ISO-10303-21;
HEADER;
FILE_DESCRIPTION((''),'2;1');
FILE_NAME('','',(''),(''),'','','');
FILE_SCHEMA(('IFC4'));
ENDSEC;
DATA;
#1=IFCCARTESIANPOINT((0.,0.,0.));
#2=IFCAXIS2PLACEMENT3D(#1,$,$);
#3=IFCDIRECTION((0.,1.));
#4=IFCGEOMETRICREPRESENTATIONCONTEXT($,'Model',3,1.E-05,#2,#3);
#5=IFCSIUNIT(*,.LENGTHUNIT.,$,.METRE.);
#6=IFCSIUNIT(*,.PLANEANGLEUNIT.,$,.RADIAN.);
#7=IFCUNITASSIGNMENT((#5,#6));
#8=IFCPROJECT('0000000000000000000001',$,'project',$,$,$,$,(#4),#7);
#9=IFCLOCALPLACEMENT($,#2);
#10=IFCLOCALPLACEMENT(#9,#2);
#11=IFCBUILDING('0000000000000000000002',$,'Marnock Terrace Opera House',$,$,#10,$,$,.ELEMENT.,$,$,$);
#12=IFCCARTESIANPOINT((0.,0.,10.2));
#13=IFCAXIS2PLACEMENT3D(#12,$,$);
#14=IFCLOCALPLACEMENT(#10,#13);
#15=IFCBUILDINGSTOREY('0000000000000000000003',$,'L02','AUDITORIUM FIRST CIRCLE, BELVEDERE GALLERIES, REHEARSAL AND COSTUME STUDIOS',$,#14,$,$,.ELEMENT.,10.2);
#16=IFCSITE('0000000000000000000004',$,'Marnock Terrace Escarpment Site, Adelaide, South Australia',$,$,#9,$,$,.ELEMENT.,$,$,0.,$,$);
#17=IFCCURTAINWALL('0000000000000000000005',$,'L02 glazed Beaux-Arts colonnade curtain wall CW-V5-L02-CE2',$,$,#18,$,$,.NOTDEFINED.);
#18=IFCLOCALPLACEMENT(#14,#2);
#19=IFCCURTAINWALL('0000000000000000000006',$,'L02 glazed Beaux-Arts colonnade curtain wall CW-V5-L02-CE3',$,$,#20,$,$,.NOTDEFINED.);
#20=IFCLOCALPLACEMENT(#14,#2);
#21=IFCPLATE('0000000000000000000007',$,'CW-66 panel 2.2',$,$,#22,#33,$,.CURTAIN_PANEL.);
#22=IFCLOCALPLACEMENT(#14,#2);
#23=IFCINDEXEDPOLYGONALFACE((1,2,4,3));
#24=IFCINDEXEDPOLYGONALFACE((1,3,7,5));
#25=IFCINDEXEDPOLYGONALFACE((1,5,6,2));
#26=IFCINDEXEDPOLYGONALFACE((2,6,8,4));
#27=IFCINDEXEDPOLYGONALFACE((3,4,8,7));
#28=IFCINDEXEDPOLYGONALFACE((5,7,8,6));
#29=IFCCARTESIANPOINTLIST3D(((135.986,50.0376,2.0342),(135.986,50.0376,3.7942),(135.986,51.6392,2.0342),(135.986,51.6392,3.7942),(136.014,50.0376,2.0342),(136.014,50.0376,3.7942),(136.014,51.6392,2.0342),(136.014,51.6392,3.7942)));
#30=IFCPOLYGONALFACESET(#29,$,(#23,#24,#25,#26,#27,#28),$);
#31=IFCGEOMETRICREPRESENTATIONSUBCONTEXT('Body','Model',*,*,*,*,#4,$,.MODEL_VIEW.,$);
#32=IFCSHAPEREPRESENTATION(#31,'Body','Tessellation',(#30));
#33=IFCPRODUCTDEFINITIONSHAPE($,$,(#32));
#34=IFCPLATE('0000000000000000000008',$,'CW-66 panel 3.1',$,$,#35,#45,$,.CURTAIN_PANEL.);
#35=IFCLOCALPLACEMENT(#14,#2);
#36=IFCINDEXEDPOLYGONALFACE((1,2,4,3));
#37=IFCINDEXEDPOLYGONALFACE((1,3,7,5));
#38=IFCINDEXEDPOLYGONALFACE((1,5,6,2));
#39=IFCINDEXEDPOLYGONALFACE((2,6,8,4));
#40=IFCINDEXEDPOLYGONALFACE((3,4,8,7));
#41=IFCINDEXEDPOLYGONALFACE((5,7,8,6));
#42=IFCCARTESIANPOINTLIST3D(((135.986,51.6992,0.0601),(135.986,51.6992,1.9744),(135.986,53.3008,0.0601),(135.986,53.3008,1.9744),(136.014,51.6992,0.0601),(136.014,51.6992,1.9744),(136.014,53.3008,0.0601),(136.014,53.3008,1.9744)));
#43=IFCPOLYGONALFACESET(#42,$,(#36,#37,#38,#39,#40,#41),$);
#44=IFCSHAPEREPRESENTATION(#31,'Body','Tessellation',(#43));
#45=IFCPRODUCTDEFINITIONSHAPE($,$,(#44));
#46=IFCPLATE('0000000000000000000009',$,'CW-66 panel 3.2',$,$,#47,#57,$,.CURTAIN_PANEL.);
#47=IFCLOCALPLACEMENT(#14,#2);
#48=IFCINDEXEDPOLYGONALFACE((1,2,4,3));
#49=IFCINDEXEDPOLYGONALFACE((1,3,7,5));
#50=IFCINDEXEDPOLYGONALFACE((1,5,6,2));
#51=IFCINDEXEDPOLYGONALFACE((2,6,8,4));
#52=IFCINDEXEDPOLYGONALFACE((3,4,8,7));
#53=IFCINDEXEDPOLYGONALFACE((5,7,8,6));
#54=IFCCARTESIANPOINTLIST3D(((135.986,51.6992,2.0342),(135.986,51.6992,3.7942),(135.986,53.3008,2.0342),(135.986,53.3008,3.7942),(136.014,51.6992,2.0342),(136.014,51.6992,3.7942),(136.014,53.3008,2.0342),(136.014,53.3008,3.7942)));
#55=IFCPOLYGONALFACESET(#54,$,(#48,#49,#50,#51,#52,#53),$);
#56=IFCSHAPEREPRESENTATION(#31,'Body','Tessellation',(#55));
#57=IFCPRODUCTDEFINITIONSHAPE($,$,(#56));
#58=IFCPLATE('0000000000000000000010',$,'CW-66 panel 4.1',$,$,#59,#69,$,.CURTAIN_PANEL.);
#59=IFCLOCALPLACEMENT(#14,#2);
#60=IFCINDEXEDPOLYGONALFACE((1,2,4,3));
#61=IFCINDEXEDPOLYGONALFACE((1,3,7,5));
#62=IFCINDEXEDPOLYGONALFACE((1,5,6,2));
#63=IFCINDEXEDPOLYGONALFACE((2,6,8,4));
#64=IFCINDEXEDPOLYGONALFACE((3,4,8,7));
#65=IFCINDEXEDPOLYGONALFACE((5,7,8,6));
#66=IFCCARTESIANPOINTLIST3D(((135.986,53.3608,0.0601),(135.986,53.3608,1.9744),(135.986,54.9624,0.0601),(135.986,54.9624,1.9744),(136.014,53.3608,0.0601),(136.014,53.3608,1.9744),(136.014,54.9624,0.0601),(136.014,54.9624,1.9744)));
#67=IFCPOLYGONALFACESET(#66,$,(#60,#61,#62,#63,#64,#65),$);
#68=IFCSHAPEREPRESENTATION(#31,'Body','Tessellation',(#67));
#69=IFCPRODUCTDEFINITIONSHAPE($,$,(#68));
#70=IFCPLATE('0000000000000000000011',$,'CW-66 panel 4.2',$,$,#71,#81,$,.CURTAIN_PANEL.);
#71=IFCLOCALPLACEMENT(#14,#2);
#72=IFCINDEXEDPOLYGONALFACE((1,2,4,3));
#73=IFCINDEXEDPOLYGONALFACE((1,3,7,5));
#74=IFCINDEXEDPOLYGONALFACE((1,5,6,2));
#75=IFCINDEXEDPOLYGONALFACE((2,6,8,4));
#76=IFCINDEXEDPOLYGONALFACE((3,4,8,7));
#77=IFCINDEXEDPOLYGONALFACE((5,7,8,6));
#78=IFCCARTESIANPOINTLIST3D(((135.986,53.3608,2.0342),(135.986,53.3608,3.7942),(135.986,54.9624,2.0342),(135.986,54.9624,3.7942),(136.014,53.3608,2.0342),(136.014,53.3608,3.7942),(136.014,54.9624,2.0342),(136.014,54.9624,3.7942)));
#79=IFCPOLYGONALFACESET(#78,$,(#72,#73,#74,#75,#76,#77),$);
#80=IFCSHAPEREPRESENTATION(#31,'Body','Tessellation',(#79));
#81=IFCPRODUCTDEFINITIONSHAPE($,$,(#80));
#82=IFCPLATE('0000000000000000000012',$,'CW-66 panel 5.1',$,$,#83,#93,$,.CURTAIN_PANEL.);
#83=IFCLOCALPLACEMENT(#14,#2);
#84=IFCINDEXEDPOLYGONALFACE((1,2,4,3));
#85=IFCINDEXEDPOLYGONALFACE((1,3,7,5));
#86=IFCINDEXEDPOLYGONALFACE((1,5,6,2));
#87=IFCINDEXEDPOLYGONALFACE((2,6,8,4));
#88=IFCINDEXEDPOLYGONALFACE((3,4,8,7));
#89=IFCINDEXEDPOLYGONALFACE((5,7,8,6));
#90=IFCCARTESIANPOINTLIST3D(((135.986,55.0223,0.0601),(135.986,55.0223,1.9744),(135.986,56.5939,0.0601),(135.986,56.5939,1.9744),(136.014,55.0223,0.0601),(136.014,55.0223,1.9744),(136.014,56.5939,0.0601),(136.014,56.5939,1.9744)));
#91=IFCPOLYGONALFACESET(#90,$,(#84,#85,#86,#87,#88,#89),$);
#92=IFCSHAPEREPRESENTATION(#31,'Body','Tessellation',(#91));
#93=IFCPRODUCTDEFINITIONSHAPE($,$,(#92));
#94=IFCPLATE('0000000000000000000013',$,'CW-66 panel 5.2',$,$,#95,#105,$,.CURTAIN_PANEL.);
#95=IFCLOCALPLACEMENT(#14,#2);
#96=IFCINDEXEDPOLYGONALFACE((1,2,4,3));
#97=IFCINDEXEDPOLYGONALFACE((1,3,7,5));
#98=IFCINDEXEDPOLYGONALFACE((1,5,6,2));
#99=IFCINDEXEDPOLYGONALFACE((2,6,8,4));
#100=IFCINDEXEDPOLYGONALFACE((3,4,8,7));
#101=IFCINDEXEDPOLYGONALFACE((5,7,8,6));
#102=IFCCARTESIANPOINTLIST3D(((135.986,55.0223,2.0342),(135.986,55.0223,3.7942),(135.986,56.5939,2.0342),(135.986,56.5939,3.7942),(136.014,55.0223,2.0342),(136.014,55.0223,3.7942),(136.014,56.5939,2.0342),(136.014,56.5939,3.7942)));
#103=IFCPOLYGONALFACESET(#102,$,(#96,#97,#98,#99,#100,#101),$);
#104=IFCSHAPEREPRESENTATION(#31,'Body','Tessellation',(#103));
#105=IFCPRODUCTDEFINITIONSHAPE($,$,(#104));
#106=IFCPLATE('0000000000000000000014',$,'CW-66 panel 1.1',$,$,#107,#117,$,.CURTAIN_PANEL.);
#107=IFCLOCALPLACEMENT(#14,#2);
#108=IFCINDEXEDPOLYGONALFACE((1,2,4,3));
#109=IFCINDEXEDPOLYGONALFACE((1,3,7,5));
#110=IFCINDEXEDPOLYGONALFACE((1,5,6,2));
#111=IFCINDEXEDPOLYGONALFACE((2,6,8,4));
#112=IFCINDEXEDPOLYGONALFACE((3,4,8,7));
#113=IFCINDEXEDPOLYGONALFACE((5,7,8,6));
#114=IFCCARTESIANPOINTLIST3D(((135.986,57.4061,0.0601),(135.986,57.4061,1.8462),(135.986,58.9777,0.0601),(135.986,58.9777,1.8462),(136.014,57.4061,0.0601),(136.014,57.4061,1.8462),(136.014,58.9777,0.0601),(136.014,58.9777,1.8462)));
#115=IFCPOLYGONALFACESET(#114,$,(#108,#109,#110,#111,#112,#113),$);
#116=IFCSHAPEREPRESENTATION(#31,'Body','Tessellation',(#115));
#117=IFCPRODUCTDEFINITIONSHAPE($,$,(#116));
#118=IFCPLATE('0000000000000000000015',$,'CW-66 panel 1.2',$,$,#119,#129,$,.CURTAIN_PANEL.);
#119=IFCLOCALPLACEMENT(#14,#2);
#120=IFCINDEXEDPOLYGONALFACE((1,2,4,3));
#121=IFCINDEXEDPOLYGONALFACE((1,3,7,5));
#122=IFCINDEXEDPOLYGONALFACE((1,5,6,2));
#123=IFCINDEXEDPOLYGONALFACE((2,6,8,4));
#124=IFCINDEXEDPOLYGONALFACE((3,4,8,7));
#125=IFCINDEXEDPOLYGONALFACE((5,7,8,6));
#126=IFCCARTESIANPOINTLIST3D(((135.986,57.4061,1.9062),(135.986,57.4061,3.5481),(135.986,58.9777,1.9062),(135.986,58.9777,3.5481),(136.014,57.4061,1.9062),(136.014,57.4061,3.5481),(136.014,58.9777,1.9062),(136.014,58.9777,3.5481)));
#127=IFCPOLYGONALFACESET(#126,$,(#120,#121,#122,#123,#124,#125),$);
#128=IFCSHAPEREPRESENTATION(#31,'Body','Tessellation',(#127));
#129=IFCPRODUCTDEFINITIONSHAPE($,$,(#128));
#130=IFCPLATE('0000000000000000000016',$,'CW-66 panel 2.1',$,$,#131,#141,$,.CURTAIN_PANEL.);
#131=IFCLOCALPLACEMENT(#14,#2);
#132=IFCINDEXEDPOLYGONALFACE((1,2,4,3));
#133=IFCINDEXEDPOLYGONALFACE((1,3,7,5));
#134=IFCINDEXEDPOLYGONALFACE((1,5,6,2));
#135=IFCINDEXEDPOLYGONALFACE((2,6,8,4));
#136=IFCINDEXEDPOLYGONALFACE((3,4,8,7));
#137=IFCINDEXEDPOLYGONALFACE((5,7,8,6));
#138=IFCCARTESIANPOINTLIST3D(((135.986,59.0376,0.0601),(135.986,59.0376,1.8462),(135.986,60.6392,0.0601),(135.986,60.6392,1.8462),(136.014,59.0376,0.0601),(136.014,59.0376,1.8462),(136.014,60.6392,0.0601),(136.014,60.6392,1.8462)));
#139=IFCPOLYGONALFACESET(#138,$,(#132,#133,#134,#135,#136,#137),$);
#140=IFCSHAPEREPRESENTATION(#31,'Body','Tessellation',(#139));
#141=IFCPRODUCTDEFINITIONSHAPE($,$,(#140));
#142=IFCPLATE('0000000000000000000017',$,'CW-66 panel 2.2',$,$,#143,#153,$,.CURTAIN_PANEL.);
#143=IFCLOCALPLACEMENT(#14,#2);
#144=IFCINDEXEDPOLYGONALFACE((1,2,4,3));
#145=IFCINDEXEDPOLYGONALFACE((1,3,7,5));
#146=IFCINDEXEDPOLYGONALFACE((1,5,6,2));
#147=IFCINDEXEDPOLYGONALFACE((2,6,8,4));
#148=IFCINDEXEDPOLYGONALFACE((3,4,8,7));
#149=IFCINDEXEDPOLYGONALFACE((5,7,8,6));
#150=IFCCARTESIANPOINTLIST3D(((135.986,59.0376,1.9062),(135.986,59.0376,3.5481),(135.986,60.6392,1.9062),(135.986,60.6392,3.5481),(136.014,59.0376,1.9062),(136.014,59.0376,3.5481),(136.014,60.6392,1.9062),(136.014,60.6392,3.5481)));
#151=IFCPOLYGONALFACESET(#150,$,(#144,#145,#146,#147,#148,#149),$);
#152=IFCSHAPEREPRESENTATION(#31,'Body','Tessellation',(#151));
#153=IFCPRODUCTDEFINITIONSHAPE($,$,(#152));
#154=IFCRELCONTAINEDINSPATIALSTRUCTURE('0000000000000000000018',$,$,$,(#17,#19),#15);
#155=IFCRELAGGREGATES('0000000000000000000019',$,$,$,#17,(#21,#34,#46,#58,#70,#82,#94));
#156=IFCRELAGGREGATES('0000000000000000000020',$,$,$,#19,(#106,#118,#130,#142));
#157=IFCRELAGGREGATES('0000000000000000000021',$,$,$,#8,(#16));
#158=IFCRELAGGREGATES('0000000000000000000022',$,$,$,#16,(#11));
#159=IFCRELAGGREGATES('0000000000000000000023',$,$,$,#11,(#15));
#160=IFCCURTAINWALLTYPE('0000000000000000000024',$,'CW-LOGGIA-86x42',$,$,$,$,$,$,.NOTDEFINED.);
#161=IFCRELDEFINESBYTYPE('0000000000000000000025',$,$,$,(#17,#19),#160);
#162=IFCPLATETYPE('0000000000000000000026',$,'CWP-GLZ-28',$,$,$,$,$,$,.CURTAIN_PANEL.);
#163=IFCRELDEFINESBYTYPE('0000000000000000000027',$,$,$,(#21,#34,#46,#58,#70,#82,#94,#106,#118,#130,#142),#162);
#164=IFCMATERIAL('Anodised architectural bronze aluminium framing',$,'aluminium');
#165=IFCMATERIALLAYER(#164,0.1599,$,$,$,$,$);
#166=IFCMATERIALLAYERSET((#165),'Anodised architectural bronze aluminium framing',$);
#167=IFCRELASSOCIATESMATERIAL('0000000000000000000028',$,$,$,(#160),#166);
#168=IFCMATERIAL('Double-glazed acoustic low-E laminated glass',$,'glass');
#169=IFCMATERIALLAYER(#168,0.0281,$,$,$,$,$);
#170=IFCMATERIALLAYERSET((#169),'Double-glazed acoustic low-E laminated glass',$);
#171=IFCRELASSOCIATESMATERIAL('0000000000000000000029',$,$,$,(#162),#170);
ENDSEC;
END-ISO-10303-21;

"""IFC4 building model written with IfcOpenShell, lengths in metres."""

from ifc_helpers import new_model, si_unit, direction, frame, origin, origin_2d, place, context, subcontext, project, spatial, rectangle, extrude, material, layer, layer_set, type_object, element, aggregate, save


model = new_model("IFC4")

# Units and contexts
model_context = context("Model", 3, precision=1e-05, world=origin(), true_north=direction((0.0, 1.0)))
body_context = subcontext(model_context, "Body", "Model", "MODEL_VIEW")
ifc_project = project(units=[si_unit("LENGTHUNIT", "METRE"), si_unit("PLANEANGLEUNIT", "RADIAN")], contexts=[model_context])

# Site, building, storey
site_placement = place(None, origin())
site = spatial("IfcSite", under=ifc_project, at=site_placement, Name="Marnock Terrace Escarpment Site, Adelaide, South Australia", CompositionType="ELEMENT", RefElevation=0.0)
building_placement = place(site_placement, origin())
building = spatial("IfcBuilding", under=site, at=building_placement, Name="Marnock Terrace Opera House", CompositionType="ELEMENT")
storey_placement = place(building_placement, frame((0.0, 0.0, 10.2)))
storey = spatial("IfcBuildingStorey", under=building, at=storey_placement, Name="L02", Description="AUDITORIUM FIRST CIRCLE, BELVEDERE GALLERIES, REHEARSAL AND COSTUME STUDIOS", CompositionType="ELEMENT", Elevation=10.2)

# Curtain walls
ifc_material_1 = material(Name="Anodised architectural bronze aluminium framing", Category="aluminium")
ifc_layer_1 = layer(ifc_material_1, 0.1599)
ifc_layer_set_1 = layer_set([ifc_layer_1], Name="Anodised architectural bronze aluminium framing")
curtain_wall_type = type_object("IfcCurtainWallType", Name="CW-LOGGIA-86x42", PredefinedType="NOTDEFINED", material=ifc_layer_set_1)
curtain_wall_1_placement = place(storey_placement, origin())
curtain_wall_1 = element("IfcCurtainWall", 1, at=curtain_wall_1_placement, inside=storey, type_object=curtain_wall_type, Name="L02 glazed Beaux-Arts colonnade curtain wall CW-V5-L02-CE2", PredefinedType="NOTDEFINED")
curtain_wall_2_placement = place(storey_placement, origin())
curtain_wall_2 = element("IfcCurtainWall", 2, at=curtain_wall_2_placement, inside=storey, type_object=curtain_wall_type, Name="L02 glazed Beaux-Arts colonnade curtain wall CW-V5-L02-CE3", PredefinedType="NOTDEFINED")

# Plates
ifc_material_2 = material(Name="Double-glazed acoustic low-E laminated glass", Category="glass")
ifc_layer_2 = layer(ifc_material_2, 0.0281)
ifc_layer_set_2 = layer_set([ifc_layer_2], Name="Double-glazed acoustic low-E laminated glass")
plate_type = type_object("IfcPlateType", Name="CWP-GLZ-28", PredefinedType="CURTAIN_PANEL", material=ifc_layer_set_2)
plate_1_placement = place(storey_placement, frame((136.0, 50.8384, 2.0342), z_axis=(0.0, 0.0, 1.0), x_axis=(0.0, 1.0, 0.0)))
plate_1 = element("IfcPlate", 3, at=plate_1_placement, type_object=plate_type, Name="CW-66 panel 2.2", PredefinedType="CURTAIN_PANEL", context=body_context, shape_type="SweptSolid", body=[
    extrude(rectangle(XDim=1.6016, YDim=0.0281, at=origin_2d()), origin(), (0.0, 0.0, 1.0), 1.76),
])
plate_2_placement = place(storey_placement, frame((136.0, 52.5, 0.0601), z_axis=(0.0, 0.0, 1.0), x_axis=(0.0, 1.0, 0.0)))
plate_2 = element("IfcPlate", 4, at=plate_2_placement, type_object=plate_type, Name="CW-66 panel 3.1", PredefinedType="CURTAIN_PANEL", context=body_context, shape_type="SweptSolid", body=[
    extrude(rectangle(XDim=1.6016, YDim=0.0281, at=origin_2d()), origin(), (0.0, 0.0, 1.0), 1.9143),
])
plate_3_placement = place(storey_placement, frame((136.0, 52.5, 2.0342), z_axis=(0.0, 0.0, 1.0), x_axis=(0.0, 1.0, 0.0)))
plate_3 = element("IfcPlate", 5, at=plate_3_placement, type_object=plate_type, Name="CW-66 panel 3.2", PredefinedType="CURTAIN_PANEL", context=body_context, shape_type="SweptSolid", body=[
    extrude(rectangle(XDim=1.6016, YDim=0.0281, at=origin_2d()), origin(), (0.0, 0.0, 1.0), 1.76),
])
plate_4_placement = place(storey_placement, frame((136.0, 54.1616, 0.0601), z_axis=(0.0, 0.0, 1.0), x_axis=(0.0, 1.0, 0.0)))
plate_4 = element("IfcPlate", 6, at=plate_4_placement, type_object=plate_type, Name="CW-66 panel 4.1", PredefinedType="CURTAIN_PANEL", context=body_context, shape_type="SweptSolid", body=[
    extrude(rectangle(XDim=1.6016, YDim=0.0281, at=origin_2d()), origin(), (0.0, 0.0, 1.0), 1.9143),
])
plate_5_placement = place(storey_placement, frame((136.0, 54.1616, 2.0342), z_axis=(0.0, 0.0, 1.0), x_axis=(0.0, 1.0, 0.0)))
plate_5 = element("IfcPlate", 7, at=plate_5_placement, type_object=plate_type, Name="CW-66 panel 4.2", PredefinedType="CURTAIN_PANEL", context=body_context, shape_type="SweptSolid", body=[
    extrude(rectangle(XDim=1.6016, YDim=0.0281, at=origin_2d()), origin(), (0.0, 0.0, 1.0), 1.76),
])
plate_6_placement = place(storey_placement, frame((136.0, 55.8081, 0.0601), z_axis=(0.0, 0.0, 1.0), x_axis=(0.0, 1.0, 0.0)))
plate_6 = element("IfcPlate", 8, at=plate_6_placement, type_object=plate_type, Name="CW-66 panel 5.1", PredefinedType="CURTAIN_PANEL", context=body_context, shape_type="SweptSolid", body=[
    extrude(rectangle(XDim=1.5715, YDim=0.0281, at=origin_2d()), origin(), (0.0, 0.0, 1.0), 1.9143),
])
plate_7_placement = place(storey_placement, frame((136.0, 55.8081, 2.0342), z_axis=(0.0, 0.0, 1.0), x_axis=(0.0, 1.0, 0.0)))
plate_7 = element("IfcPlate", 9, at=plate_7_placement, type_object=plate_type, Name="CW-66 panel 5.2", PredefinedType="CURTAIN_PANEL", context=body_context, shape_type="SweptSolid", body=[
    extrude(rectangle(XDim=1.5715, YDim=0.0281, at=origin_2d()), origin(), (0.0, 0.0, 1.0), 1.76),
])
aggregate(curtain_wall_1, [plate_1, plate_2, plate_3, plate_4, plate_5, plate_6, plate_7])
plate_8_placement = place(storey_placement, frame((136.0, 58.1919, 0.0601), z_axis=(0.0, 0.0, 1.0), x_axis=(0.0, 1.0, 0.0)))
plate_8 = element("IfcPlate", 10, at=plate_8_placement, type_object=plate_type, Name="CW-66 panel 1.1", PredefinedType="CURTAIN_PANEL", context=body_context, shape_type="SweptSolid", body=[
    extrude(rectangle(XDim=1.5715, YDim=0.0281, at=origin_2d()), origin(), (0.0, 0.0, 1.0), 1.7861),
])
plate_9_placement = place(storey_placement, frame((136.0, 58.1919, 1.9062), z_axis=(0.0, 0.0, 1.0), x_axis=(0.0, 1.0, 0.0)))
plate_9 = element("IfcPlate", 11, at=plate_9_placement, type_object=plate_type, Name="CW-66 panel 1.2", PredefinedType="CURTAIN_PANEL", context=body_context, shape_type="SweptSolid", body=[
    extrude(rectangle(XDim=1.5715, YDim=0.0281, at=origin_2d()), origin(), (0.0, 0.0, 1.0), 1.6418),
])
plate_10_placement = place(storey_placement, frame((136.0, 59.8384, 0.0601), z_axis=(0.0, 0.0, 1.0), x_axis=(0.0, 1.0, 0.0)))
plate_10 = element("IfcPlate", 12, at=plate_10_placement, type_object=plate_type, Name="CW-66 panel 2.1", PredefinedType="CURTAIN_PANEL", context=body_context, shape_type="SweptSolid", body=[
    extrude(rectangle(XDim=1.6016, YDim=0.0281, at=origin_2d()), origin(), (0.0, 0.0, 1.0), 1.7861),
])
plate_11_placement = place(storey_placement, frame((136.0, 59.8384, 1.9062), z_axis=(0.0, 0.0, 1.0), x_axis=(0.0, 1.0, 0.0)))
plate_11 = element("IfcPlate", 13, at=plate_11_placement, type_object=plate_type, Name="CW-66 panel 2.2", PredefinedType="CURTAIN_PANEL", context=body_context, shape_type="SweptSolid", body=[
    extrude(rectangle(XDim=1.6016, YDim=0.0281, at=origin_2d()), origin(), (0.0, 0.0, 1.0), 1.6418),
])
aggregate(curtain_wall_2, [plate_8, plate_9, plate_10, plate_11])

save(model, "model.ifc")
